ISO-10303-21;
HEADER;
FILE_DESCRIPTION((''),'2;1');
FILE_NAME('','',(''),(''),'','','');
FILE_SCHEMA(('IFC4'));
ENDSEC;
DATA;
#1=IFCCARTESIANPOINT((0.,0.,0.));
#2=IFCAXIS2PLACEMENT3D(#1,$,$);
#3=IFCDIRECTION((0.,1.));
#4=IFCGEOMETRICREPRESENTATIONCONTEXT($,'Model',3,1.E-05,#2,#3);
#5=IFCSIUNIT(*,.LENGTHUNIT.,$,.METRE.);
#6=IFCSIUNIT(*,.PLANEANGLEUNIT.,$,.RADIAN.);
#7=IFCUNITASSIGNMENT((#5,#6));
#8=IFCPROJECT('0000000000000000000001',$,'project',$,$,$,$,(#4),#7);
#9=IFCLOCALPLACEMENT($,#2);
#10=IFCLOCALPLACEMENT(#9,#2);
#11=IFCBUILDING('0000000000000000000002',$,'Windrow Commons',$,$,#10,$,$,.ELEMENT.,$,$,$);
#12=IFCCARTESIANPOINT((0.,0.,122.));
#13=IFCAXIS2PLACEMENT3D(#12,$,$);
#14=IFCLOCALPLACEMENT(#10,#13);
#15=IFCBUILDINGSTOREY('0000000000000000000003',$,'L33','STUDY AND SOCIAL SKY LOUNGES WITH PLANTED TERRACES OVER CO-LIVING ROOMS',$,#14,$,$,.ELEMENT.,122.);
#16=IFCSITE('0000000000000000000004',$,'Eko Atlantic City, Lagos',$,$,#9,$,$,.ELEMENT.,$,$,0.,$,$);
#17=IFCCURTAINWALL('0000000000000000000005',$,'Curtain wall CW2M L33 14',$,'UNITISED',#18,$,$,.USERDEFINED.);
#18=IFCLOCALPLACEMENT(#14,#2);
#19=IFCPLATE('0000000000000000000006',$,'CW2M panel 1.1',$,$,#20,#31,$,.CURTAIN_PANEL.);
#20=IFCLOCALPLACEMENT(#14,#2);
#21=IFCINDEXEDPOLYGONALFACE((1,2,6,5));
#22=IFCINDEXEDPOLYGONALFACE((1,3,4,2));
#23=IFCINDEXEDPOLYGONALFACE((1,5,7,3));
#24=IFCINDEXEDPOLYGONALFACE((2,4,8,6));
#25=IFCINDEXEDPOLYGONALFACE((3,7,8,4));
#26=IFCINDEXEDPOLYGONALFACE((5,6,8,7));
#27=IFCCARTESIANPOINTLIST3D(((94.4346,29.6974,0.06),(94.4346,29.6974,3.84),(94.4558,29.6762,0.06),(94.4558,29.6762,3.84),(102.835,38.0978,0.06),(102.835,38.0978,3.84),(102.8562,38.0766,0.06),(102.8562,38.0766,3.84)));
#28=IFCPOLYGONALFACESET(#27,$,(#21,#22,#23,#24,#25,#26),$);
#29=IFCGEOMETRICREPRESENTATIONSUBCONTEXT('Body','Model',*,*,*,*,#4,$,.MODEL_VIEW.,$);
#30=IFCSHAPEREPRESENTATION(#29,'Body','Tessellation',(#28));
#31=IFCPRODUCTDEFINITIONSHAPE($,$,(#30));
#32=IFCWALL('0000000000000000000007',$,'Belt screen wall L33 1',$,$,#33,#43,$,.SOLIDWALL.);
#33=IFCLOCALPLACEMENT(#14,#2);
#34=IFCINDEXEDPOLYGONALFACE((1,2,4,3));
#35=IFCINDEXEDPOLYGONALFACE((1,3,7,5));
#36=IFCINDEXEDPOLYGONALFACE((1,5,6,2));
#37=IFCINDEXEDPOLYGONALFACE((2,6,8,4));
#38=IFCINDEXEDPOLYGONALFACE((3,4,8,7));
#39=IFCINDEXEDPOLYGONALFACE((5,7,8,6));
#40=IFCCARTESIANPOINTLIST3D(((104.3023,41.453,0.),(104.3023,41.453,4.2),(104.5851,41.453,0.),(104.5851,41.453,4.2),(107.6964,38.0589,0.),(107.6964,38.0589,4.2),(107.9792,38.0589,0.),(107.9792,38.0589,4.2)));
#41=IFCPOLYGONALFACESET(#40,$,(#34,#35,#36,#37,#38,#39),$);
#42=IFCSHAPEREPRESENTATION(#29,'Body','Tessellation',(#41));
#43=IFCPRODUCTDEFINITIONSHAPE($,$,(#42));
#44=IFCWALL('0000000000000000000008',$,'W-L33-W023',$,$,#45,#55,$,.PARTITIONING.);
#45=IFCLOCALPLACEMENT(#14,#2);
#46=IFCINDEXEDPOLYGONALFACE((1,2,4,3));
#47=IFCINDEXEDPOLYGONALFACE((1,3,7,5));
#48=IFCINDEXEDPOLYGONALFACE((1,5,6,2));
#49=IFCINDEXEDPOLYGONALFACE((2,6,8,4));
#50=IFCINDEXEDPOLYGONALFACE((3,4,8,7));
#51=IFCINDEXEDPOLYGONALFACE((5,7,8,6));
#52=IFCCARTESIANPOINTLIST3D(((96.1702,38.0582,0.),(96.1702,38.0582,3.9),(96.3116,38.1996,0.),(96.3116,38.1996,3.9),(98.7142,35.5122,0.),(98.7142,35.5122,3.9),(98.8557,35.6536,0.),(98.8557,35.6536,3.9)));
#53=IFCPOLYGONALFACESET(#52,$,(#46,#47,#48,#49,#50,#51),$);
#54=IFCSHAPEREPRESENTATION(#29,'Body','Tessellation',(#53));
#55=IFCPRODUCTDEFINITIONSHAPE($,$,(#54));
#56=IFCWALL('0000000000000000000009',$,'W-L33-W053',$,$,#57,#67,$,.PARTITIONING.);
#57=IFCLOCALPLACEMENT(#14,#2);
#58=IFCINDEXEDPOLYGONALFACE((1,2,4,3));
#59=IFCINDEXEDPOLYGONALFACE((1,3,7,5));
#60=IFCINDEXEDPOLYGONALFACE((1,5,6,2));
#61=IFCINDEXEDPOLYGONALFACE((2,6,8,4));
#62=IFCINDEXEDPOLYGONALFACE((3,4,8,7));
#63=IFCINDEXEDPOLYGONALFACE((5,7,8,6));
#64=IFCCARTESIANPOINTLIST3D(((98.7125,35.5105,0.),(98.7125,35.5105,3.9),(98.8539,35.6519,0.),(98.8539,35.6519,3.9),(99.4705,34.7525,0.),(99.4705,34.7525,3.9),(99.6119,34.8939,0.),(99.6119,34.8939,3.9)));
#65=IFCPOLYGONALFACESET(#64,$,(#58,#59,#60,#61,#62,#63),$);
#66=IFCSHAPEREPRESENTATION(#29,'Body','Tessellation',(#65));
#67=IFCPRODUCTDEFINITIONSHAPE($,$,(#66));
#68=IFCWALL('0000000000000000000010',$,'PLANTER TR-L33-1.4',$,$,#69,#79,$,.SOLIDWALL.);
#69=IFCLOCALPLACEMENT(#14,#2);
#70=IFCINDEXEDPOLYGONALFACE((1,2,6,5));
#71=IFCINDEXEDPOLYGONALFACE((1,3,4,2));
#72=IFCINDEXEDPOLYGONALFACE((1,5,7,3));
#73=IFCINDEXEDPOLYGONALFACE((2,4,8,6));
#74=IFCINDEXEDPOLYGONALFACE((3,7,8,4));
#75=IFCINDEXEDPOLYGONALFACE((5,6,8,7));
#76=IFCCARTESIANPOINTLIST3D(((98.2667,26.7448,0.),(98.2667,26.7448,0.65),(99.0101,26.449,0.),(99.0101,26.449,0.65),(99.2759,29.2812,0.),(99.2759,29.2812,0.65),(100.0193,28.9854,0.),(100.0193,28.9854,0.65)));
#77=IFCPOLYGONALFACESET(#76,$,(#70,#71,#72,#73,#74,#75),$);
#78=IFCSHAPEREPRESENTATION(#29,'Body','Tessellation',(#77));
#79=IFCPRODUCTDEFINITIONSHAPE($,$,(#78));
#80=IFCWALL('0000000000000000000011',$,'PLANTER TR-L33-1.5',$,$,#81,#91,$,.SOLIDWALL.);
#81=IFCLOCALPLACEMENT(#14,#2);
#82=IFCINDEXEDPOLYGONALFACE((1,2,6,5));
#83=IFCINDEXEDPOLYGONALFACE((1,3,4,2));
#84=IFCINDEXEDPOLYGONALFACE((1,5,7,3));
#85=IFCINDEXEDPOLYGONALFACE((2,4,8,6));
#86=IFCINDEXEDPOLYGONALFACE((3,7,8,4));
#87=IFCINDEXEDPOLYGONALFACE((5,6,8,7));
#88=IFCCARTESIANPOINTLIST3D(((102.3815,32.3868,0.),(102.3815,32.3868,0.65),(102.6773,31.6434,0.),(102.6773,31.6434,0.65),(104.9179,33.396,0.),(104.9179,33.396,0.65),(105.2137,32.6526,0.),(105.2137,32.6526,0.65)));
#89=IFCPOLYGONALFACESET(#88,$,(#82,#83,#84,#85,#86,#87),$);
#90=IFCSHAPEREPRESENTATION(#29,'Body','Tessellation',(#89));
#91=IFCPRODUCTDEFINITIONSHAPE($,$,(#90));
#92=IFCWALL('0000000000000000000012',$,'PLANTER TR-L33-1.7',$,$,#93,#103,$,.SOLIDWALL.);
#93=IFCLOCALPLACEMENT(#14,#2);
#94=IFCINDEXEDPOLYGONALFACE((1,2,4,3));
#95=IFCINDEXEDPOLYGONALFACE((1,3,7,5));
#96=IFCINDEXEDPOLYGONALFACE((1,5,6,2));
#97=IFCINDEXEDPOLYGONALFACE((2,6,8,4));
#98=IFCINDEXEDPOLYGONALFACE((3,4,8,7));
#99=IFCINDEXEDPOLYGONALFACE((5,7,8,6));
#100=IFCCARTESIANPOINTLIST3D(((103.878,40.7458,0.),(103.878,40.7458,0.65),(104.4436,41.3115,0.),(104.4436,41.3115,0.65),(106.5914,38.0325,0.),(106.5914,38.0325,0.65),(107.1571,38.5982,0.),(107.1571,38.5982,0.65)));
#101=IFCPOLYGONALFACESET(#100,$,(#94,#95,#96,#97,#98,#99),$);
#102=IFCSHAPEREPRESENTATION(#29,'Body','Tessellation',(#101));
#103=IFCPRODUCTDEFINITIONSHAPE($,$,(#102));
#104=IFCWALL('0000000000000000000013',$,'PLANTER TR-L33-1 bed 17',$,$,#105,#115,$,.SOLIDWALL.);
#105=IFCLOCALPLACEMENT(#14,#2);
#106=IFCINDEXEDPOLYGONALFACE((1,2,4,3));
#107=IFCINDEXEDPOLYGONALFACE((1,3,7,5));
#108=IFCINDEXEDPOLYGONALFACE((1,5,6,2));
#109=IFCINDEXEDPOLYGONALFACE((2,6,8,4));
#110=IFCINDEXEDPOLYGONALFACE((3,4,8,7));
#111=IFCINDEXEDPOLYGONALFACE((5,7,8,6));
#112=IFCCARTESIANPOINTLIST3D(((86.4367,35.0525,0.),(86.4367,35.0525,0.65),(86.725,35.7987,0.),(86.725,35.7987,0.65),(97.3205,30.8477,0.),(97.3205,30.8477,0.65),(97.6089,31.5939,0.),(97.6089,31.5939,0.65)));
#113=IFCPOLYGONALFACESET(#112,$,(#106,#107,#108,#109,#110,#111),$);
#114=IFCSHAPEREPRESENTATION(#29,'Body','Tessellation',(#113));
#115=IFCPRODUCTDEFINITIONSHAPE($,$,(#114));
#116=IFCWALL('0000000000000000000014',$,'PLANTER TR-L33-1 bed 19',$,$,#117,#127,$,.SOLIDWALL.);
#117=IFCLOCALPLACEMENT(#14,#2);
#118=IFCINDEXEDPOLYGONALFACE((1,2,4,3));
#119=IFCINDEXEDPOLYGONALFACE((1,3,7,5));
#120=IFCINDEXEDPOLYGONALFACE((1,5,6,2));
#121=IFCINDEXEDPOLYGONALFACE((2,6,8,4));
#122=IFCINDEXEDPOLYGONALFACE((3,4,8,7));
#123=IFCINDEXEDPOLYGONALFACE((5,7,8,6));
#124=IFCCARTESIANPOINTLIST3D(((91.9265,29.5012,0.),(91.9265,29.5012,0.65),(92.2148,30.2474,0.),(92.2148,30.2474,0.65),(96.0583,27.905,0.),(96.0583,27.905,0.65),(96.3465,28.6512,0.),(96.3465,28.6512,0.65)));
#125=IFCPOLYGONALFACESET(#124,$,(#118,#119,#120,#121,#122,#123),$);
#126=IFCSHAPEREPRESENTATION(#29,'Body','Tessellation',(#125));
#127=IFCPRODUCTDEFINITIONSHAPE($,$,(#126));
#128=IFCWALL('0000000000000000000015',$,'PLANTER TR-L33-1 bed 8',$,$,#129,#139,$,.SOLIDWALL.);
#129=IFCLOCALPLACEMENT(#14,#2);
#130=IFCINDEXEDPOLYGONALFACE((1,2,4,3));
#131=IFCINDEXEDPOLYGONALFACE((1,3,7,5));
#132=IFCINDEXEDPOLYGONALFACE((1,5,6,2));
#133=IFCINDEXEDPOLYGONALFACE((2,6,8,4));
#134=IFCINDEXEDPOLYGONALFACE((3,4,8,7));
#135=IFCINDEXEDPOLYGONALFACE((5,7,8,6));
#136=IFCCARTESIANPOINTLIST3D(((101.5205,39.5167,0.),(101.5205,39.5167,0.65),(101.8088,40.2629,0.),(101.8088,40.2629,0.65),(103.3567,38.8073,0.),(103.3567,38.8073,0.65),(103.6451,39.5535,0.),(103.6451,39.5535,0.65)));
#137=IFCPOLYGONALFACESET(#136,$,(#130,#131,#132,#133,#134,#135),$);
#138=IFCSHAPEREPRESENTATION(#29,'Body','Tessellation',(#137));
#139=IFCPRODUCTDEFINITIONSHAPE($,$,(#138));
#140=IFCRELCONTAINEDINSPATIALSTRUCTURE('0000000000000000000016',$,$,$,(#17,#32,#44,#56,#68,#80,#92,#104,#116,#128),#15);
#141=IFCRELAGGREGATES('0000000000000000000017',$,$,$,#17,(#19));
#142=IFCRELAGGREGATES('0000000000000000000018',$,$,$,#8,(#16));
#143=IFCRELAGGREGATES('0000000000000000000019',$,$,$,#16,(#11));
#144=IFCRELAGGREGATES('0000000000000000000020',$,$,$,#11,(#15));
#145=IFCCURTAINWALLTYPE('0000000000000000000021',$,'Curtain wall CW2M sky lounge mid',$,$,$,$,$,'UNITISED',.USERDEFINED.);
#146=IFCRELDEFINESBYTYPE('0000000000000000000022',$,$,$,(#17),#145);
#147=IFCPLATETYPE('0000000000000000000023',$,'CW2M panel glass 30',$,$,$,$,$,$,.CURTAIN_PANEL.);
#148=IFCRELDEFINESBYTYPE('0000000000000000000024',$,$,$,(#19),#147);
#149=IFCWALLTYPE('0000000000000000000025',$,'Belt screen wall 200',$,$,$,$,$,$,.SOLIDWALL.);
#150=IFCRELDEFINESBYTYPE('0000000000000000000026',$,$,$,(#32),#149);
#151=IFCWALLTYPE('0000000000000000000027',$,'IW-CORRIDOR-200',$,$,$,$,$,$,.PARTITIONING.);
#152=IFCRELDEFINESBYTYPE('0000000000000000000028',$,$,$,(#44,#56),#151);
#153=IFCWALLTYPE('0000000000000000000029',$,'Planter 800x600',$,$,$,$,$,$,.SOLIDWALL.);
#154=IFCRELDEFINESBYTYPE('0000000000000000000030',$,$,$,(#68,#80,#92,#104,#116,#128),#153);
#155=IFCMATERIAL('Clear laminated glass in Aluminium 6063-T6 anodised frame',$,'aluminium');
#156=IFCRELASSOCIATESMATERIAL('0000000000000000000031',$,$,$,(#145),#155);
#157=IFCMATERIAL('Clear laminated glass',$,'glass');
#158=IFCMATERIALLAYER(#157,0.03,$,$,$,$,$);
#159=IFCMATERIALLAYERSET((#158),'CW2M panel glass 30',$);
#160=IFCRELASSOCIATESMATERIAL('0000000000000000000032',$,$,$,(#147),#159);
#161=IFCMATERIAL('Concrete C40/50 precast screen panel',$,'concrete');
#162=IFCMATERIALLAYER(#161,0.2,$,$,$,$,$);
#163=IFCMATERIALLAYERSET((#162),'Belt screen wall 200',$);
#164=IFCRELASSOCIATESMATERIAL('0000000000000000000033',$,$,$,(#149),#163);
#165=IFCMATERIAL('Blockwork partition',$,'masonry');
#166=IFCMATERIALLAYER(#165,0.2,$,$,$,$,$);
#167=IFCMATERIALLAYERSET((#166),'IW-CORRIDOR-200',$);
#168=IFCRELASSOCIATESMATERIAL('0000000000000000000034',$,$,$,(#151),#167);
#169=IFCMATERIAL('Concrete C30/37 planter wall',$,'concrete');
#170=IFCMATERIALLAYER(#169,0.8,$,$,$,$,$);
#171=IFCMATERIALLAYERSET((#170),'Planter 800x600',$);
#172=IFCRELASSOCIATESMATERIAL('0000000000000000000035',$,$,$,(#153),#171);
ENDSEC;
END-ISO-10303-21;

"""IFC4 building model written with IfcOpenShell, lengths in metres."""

from ifc_helpers import new_model, si_unit, direction, frame, frame_2d, origin, origin_2d, place, context, subcontext, project, spatial, polyline, rectangle, outline, extrude, material, layer, layer_set, type_object, element, aggregate, save


model = new_model("IFC4")

# Units and contexts
model_context = context("Model", 3, precision=1e-05, world=origin(), true_north=direction((0.0, 1.0)))
body_context = subcontext(model_context, "Body", "Model", "MODEL_VIEW")
ifc_project = project(units=[si_unit("LENGTHUNIT", "METRE"), si_unit("PLANEANGLEUNIT", "RADIAN")], contexts=[model_context])

# Site, building, storey
site_placement = place(None, origin())
site = spatial("IfcSite", under=ifc_project, at=site_placement, Name="Eko Atlantic City, Lagos", CompositionType="ELEMENT", RefElevation=0.0)
building_placement = place(site_placement, origin())
building = spatial("IfcBuilding", under=site, at=building_placement, Name="Windrow Commons", CompositionType="ELEMENT")
storey_placement = place(building_placement, frame((0.0, 0.0, 122.0)))
storey = spatial("IfcBuildingStorey", under=building, at=storey_placement, Name="L33", Description="STUDY AND SOCIAL SKY LOUNGES WITH PLANTED TERRACES OVER CO-LIVING ROOMS", CompositionType="ELEMENT", Elevation=122.0)

# Curtain wall
ifc_material_1 = material(Name="Clear laminated glass in Aluminium 6063-T6 anodised frame", Category="aluminium")
curtain_wall_type = type_object("IfcCurtainWallType", Name="Curtain wall CW2M sky lounge mid", ElementType="UNITISED", PredefinedType="USERDEFINED", material=ifc_material_1)
placement = place(storey_placement, origin())
curtain_wall_1 = element("IfcCurtainWall", 1, at=placement, inside=storey, type_object=curtain_wall_type, Name="Curtain wall CW2M L33 14", ObjectType="UNITISED", PredefinedType="USERDEFINED")

# Plate
ifc_material_2 = material(Name="Clear laminated glass", Category="glass")
ifc_layer_1 = layer(ifc_material_2, 0.03)
ifc_layer_set_1 = layer_set([ifc_layer_1], Name="CW2M panel glass 30")
plate_type_1 = type_object("IfcPlateType", Name="CW2M panel glass 30", PredefinedType="CURTAIN_PANEL", material=ifc_layer_set_1)
plate_1_placement = place(storey_placement, frame((98.6454, 33.887, 0.06), z_axis=(0.0, 0.0, 1.0), x_axis=(0.707107, 0.707107, 0.0)))
plate_1 = element("IfcPlate", 2, at=plate_1_placement, type_object=plate_type_1, Name="CW2M panel 1.1", PredefinedType="CURTAIN_PANEL", context=body_context, shape_type="SweptSolid", body=[
    extrude(rectangle(XDim=11.88, YDim=0.03, at=origin_2d()), origin(), (0.0, 0.0, 1.0), 3.78),
])
aggregate(curtain_wall_1, [plate_1])

# Wall
ifc_material_3 = material(Name="Concrete C40/50 precast screen panel", Category="concrete")
ifc_layer_2 = layer(ifc_material_3, 0.2)
ifc_layer_set_2 = layer_set([ifc_layer_2], Name="Belt screen wall 200")
wall_type_1 = type_object("IfcWallType", Name="Belt screen wall 200", PredefinedType="SOLIDWALL", material=ifc_layer_set_2)
wall_1_placement = place(storey_placement, frame((107.8378, 38.0589, 0.0), z_axis=(0.0, 0.0, 1.0), x_axis=(-0.707107, 0.707107, 0.0)))
element("IfcWall", 3, at=wall_1_placement, inside=storey, type_object=wall_type_1, Name="Belt screen wall L33 1", PredefinedType="SOLIDWALL", context=body_context, shape_type="SweptSolid", body=[
    extrude(outline(polyline([(-0.1, -0.1), (4.7, -0.1), (4.9, 0.1), (0.1, 0.1), (-0.1, -0.1)])), origin(), (0.0, 0.0, 1.0), 4.2),
])

# Walls
ifc_material_4 = material(Name="Blockwork partition", Category="masonry")
ifc_layer_3 = layer(ifc_material_4, 0.2)
ifc_layer_set_3 = layer_set([ifc_layer_3], Name="IW-CORRIDOR-200")
wall_type_2 = type_object("IfcWallType", Name="IW-CORRIDOR-200", PredefinedType="PARTITIONING", material=ifc_layer_set_3)
wall_2_placement = place(storey_placement, frame((96.2409, 38.1289, 0.0), z_axis=(0.0, 0.0, 1.0), x_axis=(0.706829, -0.707385, 0.0)))
element("IfcWall", 4, at=wall_2_placement, inside=storey, type_object=wall_type_2, Name="W-L33-W023", PredefinedType="PARTITIONING", context=body_context, shape_type="SweptSolid", body=[
    extrude(rectangle(XDim=3.5992, YDim=0.2, at=frame_2d((1.7996, 0.0))), origin(), (0.0, 0.0, 1.0), 3.9),
])
wall_3_placement = place(storey_placement, frame((98.7832, 35.5812, 0.0), z_axis=(0.0, 0.0, 1.0), x_axis=(0.707107, -0.707107, 0.0)))
element("IfcWall", 5, at=wall_3_placement, inside=storey, type_object=wall_type_2, Name="W-L33-W053", PredefinedType="PARTITIONING", context=body_context, shape_type="SweptSolid", body=[
    extrude(rectangle(XDim=1.072, YDim=0.2, at=frame_2d((0.536, 0.0))), origin(), (0.0, 0.0, 1.0), 3.9),
])
ifc_material_5 = material(Name="Concrete C30/37 planter wall", Category="concrete")
ifc_layer_4 = layer(ifc_material_5, 0.8)
ifc_layer_set_4 = layer_set([ifc_layer_4], Name="Planter 800x600")
wall_type_3 = type_object("IfcWallType", Name="Planter 800x600", PredefinedType="SOLIDWALL", material=ifc_layer_set_4)
for number, where, z_axis, x_axis, name in (
    (6, (98.6384, 26.5969, 0.0), (0.0, 0.0, 1.0), (0.369697, 0.929152, 0.0), "PLANTER TR-L33-1.4"),
    (7, (102.5294, 32.0151, 0.0), (0.0, 0.0, 1.0), (0.929152, 0.369697, 0.0), "PLANTER TR-L33-1.5"),
):
    element("IfcWall", number, at=place(storey_placement, frame(where, z_axis=z_axis, x_axis=x_axis)), inside=storey, type_object=wall_type_3, Name=name, PredefinedType="SOLIDWALL", context=body_context, shape_type="SweptSolid", body=[
        extrude(rectangle(XDim=2.7298, YDim=0.8, at=frame_2d((1.3649, 0.0))), origin(), (0.0, 0.0, 1.0), 0.65),
    ])
wall_4_placement = place(storey_placement, frame((106.8742, 38.3154, 0.0), z_axis=(0.0, 0.0, 1.0), x_axis=(-0.70712, 0.707094, 0.0)))
element("IfcWall", 8, at=wall_4_placement, inside=storey, type_object=wall_type_3, Name="PLANTER TR-L33-1.7", PredefinedType="SOLIDWALL", context=body_context, shape_type="SweptSolid", body=[
    extrude(rectangle(XDim=3.8373, YDim=0.8, at=frame_2d((1.9186, 0.0))), origin(), (0.0, 0.0, 1.0), 0.65),
])
wall_5_placement = place(storey_placement, frame((97.4647, 31.2208, 0.0), z_axis=(0.0, 0.0, 1.0), x_axis=(-0.932807, 0.360377, 0.0)))
element("IfcWall", 9, at=wall_5_placement, inside=storey, type_object=wall_type_3, Name="PLANTER TR-L33-1 bed 17", PredefinedType="SOLIDWALL", context=body_context, shape_type="SweptSolid", body=[
    extrude(rectangle(XDim=11.6678, YDim=0.8, at=frame_2d((5.8339, 0.0))), origin(), (0.0, 0.0, 1.0), 0.65),
])
wall_6_placement = place(storey_placement, frame((96.2024, 28.2781, 0.0), z_axis=(0.0, 0.0, 1.0), x_axis=(-0.932812, 0.360364, 0.0)))
element("IfcWall", 10, at=wall_6_placement, inside=storey, type_object=wall_type_3, Name="PLANTER TR-L33-1 bed 19", PredefinedType="SOLIDWALL", context=body_context, shape_type="SweptSolid", body=[
    extrude(rectangle(XDim=4.4294, YDim=0.8, at=frame_2d((2.2147, 0.0))), origin(), (0.0, 0.0, 1.0), 0.65),
])
wall_7_placement = place(storey_placement, frame((103.5009, 39.1804, 0.0), z_axis=(0.0, 0.0, 1.0), x_axis=(-0.932805, 0.360381, 0.0)))
element("IfcWall", 11, at=wall_7_placement, inside=storey, type_object=wall_type_3, Name="PLANTER TR-L33-1 bed 8", PredefinedType="SOLIDWALL", context=body_context, shape_type="SweptSolid", body=[
    extrude(outline(polyline([(0.0, -0.4), (1.9685, -0.4), (1.9685, 0.4), (0.0, 0.4), (0.0, -0.4)])), origin(), (0.0, 0.0, 1.0), 0.65),
])

save(model, "model.ifc")
